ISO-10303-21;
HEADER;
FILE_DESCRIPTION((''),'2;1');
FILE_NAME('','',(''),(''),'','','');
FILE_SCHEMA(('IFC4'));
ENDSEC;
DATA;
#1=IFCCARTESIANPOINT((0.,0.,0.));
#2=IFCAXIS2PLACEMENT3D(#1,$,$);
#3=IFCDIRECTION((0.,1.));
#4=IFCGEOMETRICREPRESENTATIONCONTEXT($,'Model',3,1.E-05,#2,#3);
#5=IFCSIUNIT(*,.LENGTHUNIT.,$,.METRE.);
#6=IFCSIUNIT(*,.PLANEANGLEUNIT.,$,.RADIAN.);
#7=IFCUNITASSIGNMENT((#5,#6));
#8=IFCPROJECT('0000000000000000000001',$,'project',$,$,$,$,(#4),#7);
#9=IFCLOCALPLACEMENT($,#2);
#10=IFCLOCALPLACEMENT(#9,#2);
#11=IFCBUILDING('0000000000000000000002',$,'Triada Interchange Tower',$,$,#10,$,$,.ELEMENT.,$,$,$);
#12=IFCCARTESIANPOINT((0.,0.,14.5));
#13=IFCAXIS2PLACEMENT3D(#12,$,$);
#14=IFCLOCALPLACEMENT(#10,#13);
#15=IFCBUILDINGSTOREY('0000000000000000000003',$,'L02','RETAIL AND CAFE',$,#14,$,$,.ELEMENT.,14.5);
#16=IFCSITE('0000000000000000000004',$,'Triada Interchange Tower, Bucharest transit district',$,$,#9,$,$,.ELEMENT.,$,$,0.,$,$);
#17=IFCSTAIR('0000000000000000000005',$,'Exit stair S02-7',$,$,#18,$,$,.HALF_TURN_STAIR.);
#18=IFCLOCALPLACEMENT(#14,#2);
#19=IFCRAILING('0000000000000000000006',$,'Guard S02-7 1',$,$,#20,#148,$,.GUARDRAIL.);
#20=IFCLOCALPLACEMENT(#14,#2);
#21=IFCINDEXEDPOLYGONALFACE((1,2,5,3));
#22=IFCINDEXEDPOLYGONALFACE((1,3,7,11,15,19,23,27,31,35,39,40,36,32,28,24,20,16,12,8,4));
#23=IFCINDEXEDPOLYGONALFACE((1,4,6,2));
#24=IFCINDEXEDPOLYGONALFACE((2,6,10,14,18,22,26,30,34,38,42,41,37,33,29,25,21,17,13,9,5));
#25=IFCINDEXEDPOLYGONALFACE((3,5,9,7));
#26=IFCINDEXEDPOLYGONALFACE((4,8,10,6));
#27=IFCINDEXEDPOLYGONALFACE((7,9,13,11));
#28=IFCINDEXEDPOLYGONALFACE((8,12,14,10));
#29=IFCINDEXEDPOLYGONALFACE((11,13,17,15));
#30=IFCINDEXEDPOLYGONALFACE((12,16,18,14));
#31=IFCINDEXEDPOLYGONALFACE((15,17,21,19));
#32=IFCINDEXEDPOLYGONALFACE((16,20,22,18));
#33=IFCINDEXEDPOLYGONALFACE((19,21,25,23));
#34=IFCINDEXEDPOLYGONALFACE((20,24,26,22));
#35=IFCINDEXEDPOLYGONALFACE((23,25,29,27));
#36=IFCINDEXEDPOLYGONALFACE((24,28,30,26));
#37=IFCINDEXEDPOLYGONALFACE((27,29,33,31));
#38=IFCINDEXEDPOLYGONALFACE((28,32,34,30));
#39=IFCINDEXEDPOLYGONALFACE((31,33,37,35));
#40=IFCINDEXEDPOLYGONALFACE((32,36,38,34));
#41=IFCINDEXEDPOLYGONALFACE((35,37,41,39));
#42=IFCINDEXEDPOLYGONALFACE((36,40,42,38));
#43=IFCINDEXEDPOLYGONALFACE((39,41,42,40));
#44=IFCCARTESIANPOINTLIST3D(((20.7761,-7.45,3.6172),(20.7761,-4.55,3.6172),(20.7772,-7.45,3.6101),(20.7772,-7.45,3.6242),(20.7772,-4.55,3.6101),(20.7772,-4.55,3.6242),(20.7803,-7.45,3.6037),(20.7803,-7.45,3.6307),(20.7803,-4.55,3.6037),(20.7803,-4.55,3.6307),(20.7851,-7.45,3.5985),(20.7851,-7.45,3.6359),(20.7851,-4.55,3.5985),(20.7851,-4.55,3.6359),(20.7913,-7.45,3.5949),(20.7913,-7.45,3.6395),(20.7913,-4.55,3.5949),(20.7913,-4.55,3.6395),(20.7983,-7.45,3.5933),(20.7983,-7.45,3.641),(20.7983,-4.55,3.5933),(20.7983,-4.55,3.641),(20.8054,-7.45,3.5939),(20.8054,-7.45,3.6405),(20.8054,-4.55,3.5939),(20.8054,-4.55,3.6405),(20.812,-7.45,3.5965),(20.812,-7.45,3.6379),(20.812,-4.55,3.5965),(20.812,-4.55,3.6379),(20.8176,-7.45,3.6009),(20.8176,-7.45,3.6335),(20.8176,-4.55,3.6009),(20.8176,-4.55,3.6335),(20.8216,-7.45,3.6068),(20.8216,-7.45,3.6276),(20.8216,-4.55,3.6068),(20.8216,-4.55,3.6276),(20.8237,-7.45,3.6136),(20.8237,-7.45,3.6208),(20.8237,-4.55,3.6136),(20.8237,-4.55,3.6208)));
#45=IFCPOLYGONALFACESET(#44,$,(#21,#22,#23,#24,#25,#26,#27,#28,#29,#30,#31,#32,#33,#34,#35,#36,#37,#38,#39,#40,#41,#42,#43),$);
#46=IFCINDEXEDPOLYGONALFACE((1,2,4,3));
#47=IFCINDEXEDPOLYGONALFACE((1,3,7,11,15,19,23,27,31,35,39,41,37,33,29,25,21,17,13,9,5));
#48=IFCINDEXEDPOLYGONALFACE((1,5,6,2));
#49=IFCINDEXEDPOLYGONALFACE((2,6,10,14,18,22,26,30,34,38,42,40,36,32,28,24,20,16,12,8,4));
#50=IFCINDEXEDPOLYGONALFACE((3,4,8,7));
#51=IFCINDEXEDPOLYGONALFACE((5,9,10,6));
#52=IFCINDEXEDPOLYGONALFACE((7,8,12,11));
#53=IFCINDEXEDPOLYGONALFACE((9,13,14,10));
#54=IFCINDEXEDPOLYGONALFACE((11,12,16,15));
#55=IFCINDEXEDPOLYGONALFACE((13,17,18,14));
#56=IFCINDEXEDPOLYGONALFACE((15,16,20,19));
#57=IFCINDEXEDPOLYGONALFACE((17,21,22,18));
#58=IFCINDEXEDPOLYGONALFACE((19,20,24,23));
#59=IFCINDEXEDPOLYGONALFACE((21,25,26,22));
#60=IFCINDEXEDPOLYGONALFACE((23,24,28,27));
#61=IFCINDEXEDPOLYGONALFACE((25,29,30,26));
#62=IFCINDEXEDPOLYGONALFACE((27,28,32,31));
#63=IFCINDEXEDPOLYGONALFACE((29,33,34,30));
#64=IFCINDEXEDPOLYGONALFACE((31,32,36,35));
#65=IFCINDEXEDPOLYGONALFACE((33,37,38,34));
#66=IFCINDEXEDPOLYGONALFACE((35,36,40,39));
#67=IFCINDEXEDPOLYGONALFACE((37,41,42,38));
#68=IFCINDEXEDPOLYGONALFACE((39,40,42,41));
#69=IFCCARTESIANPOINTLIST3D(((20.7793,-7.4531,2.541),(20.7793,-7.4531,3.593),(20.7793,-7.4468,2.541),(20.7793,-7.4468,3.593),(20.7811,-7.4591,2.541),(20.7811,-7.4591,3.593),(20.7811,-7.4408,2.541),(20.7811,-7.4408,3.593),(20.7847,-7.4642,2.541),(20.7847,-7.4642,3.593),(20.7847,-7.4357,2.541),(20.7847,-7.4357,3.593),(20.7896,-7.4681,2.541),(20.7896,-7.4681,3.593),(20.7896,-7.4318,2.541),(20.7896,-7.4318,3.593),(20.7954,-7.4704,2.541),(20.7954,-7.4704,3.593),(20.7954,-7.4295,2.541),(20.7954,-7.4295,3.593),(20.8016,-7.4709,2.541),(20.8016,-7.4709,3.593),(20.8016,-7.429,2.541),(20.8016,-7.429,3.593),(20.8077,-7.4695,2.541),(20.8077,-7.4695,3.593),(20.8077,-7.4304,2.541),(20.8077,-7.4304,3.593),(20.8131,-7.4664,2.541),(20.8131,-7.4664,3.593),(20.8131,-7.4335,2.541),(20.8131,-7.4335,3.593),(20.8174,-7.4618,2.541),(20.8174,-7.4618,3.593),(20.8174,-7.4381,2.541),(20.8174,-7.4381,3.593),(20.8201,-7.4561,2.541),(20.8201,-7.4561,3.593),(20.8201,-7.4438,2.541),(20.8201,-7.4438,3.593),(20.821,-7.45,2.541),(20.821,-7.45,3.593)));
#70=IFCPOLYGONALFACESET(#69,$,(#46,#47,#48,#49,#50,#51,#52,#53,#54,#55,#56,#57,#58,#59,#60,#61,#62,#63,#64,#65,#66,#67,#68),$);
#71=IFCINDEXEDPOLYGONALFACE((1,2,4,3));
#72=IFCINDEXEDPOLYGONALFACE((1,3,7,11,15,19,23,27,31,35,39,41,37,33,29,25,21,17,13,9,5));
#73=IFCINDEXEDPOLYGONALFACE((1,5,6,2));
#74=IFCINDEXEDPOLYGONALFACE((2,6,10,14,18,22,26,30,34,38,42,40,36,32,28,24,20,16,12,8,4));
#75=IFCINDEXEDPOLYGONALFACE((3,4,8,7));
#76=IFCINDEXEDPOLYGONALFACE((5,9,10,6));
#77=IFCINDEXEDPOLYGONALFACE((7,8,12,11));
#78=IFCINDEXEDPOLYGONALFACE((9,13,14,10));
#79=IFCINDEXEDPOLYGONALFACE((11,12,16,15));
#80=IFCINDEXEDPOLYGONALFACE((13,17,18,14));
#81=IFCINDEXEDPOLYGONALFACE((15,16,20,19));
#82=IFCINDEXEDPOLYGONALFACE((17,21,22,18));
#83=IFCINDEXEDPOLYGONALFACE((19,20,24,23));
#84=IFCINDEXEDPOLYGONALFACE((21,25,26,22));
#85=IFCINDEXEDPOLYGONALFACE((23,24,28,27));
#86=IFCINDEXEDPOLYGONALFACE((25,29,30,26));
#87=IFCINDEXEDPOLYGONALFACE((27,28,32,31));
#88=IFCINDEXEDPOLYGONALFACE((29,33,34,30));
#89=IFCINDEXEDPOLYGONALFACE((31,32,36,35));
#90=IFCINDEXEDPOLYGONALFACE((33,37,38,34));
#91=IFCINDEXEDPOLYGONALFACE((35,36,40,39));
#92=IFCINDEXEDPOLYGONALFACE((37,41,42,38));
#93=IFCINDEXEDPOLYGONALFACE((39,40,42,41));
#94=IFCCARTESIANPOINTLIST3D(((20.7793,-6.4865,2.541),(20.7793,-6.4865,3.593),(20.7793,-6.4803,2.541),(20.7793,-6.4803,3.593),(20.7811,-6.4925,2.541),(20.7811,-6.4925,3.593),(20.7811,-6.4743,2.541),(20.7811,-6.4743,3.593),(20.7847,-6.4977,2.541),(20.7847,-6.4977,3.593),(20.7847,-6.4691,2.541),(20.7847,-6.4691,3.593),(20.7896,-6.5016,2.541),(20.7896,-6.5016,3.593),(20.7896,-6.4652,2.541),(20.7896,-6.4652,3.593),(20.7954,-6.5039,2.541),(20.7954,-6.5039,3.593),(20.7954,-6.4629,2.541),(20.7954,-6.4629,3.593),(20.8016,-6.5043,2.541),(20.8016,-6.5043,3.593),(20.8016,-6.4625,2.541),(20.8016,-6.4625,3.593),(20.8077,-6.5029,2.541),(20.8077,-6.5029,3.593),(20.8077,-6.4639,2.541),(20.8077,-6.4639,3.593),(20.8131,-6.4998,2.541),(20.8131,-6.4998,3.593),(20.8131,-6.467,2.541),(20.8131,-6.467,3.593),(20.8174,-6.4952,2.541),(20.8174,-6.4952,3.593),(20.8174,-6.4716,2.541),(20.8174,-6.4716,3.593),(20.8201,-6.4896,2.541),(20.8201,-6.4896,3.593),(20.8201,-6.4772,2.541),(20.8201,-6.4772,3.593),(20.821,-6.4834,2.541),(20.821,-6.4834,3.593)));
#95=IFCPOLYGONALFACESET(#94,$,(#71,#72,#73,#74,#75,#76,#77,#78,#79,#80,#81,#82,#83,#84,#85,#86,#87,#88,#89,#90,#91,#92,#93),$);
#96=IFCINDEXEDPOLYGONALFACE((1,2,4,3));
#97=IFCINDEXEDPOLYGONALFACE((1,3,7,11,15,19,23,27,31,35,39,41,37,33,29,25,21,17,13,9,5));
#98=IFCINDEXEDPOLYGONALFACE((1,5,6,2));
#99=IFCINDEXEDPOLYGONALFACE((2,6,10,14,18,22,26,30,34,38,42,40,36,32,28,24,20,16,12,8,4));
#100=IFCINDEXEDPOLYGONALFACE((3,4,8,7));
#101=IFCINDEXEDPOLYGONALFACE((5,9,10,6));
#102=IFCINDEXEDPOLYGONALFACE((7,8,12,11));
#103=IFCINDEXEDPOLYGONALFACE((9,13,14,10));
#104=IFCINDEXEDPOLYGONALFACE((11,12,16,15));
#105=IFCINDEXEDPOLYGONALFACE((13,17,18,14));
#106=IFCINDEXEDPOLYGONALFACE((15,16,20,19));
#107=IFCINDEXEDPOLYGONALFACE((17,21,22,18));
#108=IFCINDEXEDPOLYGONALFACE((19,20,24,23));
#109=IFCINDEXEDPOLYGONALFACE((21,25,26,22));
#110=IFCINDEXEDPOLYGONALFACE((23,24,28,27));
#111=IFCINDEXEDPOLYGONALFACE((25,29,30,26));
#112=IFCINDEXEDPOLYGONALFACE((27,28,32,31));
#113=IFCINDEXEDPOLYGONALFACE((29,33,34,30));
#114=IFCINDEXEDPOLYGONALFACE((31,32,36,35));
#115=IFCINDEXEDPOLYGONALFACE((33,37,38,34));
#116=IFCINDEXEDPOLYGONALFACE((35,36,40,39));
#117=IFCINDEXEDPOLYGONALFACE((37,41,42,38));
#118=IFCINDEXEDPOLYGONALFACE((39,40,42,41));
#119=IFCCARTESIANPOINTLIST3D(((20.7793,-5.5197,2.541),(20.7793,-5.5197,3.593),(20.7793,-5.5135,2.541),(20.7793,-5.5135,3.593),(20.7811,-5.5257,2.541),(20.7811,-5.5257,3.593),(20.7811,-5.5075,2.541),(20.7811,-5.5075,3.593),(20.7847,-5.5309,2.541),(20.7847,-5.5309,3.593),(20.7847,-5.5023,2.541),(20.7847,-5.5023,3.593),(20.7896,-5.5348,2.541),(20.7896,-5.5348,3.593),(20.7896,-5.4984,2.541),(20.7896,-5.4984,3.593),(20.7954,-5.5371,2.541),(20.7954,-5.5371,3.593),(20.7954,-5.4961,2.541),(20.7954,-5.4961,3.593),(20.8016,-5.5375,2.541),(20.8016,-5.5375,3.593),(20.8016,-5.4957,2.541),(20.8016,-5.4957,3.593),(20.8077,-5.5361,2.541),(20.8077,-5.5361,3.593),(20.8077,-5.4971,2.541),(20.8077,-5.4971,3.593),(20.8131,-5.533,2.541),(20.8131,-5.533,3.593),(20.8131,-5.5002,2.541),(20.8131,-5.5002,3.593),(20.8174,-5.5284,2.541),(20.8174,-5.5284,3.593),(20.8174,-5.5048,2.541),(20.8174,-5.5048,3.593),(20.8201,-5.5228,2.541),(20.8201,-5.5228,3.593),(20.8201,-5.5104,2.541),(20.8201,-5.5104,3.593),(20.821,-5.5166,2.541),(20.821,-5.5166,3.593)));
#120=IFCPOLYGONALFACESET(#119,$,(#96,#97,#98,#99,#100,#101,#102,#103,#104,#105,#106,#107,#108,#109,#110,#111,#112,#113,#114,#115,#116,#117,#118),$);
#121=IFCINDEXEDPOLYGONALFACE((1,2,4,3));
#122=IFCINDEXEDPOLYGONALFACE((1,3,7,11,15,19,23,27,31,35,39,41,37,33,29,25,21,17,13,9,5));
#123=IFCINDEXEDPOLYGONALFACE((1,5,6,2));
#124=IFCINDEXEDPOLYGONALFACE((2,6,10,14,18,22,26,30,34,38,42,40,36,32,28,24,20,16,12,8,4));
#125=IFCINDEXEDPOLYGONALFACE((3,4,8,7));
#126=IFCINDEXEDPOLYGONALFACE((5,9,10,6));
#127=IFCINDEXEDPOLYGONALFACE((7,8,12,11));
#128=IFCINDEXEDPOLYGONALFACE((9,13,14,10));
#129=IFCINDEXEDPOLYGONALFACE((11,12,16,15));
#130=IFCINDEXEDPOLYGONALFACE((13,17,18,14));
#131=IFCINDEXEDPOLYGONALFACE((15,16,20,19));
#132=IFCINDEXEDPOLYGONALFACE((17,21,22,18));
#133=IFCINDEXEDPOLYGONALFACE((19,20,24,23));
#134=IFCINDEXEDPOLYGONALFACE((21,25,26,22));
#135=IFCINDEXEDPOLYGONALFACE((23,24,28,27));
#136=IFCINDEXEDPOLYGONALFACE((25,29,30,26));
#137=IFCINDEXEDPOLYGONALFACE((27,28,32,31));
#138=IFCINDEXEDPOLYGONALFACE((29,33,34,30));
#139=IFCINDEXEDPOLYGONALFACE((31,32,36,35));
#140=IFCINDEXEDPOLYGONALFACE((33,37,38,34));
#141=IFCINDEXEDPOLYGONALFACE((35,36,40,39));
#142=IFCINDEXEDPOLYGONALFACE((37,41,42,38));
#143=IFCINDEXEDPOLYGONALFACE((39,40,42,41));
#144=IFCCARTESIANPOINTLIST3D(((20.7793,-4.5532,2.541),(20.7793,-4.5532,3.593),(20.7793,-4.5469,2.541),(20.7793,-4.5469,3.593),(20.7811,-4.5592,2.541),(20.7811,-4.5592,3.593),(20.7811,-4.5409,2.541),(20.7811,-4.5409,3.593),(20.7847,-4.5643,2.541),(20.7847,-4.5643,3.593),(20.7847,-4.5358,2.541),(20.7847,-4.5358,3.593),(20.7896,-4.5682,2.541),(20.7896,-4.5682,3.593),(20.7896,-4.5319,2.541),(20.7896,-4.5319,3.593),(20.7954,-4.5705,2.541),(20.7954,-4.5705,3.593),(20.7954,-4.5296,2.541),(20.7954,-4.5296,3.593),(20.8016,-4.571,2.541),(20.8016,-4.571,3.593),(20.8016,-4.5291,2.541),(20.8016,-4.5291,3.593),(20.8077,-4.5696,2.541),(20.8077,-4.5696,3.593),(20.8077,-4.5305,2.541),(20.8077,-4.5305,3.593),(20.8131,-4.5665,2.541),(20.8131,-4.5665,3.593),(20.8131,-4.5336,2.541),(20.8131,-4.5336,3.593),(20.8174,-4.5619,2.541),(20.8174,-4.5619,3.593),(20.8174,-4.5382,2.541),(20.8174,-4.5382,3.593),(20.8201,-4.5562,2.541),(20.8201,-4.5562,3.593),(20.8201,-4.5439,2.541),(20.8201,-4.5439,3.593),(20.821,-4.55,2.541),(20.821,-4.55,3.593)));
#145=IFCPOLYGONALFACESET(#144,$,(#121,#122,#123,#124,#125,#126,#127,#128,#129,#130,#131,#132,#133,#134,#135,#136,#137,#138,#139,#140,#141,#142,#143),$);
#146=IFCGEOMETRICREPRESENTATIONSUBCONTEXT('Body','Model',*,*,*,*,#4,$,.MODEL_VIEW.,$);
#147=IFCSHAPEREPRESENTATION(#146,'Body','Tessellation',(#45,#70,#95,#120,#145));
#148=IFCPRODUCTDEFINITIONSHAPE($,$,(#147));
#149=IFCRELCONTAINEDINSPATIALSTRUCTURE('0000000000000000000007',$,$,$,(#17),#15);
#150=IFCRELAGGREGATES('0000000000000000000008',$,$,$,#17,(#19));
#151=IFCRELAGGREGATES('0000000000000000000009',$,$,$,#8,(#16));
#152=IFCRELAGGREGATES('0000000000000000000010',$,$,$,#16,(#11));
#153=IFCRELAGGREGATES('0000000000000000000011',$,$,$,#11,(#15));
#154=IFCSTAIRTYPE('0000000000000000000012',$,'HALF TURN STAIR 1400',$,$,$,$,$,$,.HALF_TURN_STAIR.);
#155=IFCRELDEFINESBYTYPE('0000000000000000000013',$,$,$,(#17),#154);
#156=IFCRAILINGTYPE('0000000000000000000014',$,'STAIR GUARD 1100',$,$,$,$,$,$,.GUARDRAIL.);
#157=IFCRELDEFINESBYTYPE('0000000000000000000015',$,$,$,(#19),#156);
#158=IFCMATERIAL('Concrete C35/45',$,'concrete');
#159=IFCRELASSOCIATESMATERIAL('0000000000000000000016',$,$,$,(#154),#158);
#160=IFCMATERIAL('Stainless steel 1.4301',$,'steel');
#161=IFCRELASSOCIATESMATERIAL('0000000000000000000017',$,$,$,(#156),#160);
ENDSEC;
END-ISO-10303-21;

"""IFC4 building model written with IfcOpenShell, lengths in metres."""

from ifc_helpers import new_model, si_unit, direction, frame, origin, origin_2d, place, context, subcontext, project, spatial, circle, extrude, material, type_object, element, aggregate, save


model = new_model("IFC4")

# Units and contexts
model_context = context("Model", 3, precision=1e-05, world=origin(), true_north=direction((0.0, 1.0)))
body_context = subcontext(model_context, "Body", "Model", "MODEL_VIEW")
ifc_project = project(units=[si_unit("LENGTHUNIT", "METRE"), si_unit("PLANEANGLEUNIT", "RADIAN")], contexts=[model_context])

# Site, building, storey
site_placement = place(None, origin())
site = spatial("IfcSite", under=ifc_project, at=site_placement, Name="Triada Interchange Tower, Bucharest transit district", CompositionType="ELEMENT", RefElevation=0.0)
building_placement = place(site_placement, origin())
building = spatial("IfcBuilding", under=site, at=building_placement, Name="Triada Interchange Tower", CompositionType="ELEMENT")
storey_placement = place(building_placement, frame((0.0, 0.0, 14.5)))
storey = spatial("IfcBuildingStorey", under=building, at=storey_placement, Name="L02", Description="RETAIL AND CAFE", CompositionType="ELEMENT", Elevation=14.5)

# Shared definitions
ifc_material_1 = material(Name="Concrete C35/45", Category="concrete")

# Stair, railing
stair_type = type_object("IfcStairType", Name="HALF TURN STAIR 1400", PredefinedType="HALF_TURN_STAIR", material=ifc_material_1)
stair_placement = place(storey_placement, origin())
stair = element("IfcStair", 1, at=stair_placement, inside=storey, type_object=stair_type, Name="Exit stair S02-7", PredefinedType="HALF_TURN_STAIR")
ifc_material_2 = material(Name="Stainless steel 1.4301", Category="steel")
railing_type_1 = type_object("IfcRailingType", Name="STAIR GUARD 1100", PredefinedType="GUARDRAIL", material=ifc_material_2)
railing_1_placement = place(storey_placement, frame((20.8, -7.45, 2.541)))
railing_1 = element("IfcRailing", 2, at=railing_1_placement, type_object=railing_type_1, Name="Guard S02-7 1", PredefinedType="GUARDRAIL", context=body_context, shape_type="SweptSolid", body=[
    extrude(circle(Radius=0.0239, at=origin_2d()), frame((0.0, 0.0, 1.0762), z_axis=(0.0, 1.0, 0.0), x_axis=(-1.0, 0.0, 0.0)), (0.0, 0.0, 1.0), 2.8999),
    extrude(circle(Radius=0.021, at=origin_2d()), origin(), (0.0, 0.0, 1.0), 1.052),
    extrude(circle(Radius=0.021, at=origin_2d()), frame((0.0, 0.9666, 0.0)), (0.0, 0.0, 1.0), 1.052),
    extrude(circle(Radius=0.021, at=origin_2d()), frame((0.0, 1.9333, 0.0)), (0.0, 0.0, 1.0), 1.052),
    extrude(circle(Radius=0.021, at=origin_2d()), frame((0.0, 2.8999, 0.0)), (0.0, 0.0, 1.0), 1.052),
])
aggregate(stair, [railing_1])

save(model, "model.ifc")
